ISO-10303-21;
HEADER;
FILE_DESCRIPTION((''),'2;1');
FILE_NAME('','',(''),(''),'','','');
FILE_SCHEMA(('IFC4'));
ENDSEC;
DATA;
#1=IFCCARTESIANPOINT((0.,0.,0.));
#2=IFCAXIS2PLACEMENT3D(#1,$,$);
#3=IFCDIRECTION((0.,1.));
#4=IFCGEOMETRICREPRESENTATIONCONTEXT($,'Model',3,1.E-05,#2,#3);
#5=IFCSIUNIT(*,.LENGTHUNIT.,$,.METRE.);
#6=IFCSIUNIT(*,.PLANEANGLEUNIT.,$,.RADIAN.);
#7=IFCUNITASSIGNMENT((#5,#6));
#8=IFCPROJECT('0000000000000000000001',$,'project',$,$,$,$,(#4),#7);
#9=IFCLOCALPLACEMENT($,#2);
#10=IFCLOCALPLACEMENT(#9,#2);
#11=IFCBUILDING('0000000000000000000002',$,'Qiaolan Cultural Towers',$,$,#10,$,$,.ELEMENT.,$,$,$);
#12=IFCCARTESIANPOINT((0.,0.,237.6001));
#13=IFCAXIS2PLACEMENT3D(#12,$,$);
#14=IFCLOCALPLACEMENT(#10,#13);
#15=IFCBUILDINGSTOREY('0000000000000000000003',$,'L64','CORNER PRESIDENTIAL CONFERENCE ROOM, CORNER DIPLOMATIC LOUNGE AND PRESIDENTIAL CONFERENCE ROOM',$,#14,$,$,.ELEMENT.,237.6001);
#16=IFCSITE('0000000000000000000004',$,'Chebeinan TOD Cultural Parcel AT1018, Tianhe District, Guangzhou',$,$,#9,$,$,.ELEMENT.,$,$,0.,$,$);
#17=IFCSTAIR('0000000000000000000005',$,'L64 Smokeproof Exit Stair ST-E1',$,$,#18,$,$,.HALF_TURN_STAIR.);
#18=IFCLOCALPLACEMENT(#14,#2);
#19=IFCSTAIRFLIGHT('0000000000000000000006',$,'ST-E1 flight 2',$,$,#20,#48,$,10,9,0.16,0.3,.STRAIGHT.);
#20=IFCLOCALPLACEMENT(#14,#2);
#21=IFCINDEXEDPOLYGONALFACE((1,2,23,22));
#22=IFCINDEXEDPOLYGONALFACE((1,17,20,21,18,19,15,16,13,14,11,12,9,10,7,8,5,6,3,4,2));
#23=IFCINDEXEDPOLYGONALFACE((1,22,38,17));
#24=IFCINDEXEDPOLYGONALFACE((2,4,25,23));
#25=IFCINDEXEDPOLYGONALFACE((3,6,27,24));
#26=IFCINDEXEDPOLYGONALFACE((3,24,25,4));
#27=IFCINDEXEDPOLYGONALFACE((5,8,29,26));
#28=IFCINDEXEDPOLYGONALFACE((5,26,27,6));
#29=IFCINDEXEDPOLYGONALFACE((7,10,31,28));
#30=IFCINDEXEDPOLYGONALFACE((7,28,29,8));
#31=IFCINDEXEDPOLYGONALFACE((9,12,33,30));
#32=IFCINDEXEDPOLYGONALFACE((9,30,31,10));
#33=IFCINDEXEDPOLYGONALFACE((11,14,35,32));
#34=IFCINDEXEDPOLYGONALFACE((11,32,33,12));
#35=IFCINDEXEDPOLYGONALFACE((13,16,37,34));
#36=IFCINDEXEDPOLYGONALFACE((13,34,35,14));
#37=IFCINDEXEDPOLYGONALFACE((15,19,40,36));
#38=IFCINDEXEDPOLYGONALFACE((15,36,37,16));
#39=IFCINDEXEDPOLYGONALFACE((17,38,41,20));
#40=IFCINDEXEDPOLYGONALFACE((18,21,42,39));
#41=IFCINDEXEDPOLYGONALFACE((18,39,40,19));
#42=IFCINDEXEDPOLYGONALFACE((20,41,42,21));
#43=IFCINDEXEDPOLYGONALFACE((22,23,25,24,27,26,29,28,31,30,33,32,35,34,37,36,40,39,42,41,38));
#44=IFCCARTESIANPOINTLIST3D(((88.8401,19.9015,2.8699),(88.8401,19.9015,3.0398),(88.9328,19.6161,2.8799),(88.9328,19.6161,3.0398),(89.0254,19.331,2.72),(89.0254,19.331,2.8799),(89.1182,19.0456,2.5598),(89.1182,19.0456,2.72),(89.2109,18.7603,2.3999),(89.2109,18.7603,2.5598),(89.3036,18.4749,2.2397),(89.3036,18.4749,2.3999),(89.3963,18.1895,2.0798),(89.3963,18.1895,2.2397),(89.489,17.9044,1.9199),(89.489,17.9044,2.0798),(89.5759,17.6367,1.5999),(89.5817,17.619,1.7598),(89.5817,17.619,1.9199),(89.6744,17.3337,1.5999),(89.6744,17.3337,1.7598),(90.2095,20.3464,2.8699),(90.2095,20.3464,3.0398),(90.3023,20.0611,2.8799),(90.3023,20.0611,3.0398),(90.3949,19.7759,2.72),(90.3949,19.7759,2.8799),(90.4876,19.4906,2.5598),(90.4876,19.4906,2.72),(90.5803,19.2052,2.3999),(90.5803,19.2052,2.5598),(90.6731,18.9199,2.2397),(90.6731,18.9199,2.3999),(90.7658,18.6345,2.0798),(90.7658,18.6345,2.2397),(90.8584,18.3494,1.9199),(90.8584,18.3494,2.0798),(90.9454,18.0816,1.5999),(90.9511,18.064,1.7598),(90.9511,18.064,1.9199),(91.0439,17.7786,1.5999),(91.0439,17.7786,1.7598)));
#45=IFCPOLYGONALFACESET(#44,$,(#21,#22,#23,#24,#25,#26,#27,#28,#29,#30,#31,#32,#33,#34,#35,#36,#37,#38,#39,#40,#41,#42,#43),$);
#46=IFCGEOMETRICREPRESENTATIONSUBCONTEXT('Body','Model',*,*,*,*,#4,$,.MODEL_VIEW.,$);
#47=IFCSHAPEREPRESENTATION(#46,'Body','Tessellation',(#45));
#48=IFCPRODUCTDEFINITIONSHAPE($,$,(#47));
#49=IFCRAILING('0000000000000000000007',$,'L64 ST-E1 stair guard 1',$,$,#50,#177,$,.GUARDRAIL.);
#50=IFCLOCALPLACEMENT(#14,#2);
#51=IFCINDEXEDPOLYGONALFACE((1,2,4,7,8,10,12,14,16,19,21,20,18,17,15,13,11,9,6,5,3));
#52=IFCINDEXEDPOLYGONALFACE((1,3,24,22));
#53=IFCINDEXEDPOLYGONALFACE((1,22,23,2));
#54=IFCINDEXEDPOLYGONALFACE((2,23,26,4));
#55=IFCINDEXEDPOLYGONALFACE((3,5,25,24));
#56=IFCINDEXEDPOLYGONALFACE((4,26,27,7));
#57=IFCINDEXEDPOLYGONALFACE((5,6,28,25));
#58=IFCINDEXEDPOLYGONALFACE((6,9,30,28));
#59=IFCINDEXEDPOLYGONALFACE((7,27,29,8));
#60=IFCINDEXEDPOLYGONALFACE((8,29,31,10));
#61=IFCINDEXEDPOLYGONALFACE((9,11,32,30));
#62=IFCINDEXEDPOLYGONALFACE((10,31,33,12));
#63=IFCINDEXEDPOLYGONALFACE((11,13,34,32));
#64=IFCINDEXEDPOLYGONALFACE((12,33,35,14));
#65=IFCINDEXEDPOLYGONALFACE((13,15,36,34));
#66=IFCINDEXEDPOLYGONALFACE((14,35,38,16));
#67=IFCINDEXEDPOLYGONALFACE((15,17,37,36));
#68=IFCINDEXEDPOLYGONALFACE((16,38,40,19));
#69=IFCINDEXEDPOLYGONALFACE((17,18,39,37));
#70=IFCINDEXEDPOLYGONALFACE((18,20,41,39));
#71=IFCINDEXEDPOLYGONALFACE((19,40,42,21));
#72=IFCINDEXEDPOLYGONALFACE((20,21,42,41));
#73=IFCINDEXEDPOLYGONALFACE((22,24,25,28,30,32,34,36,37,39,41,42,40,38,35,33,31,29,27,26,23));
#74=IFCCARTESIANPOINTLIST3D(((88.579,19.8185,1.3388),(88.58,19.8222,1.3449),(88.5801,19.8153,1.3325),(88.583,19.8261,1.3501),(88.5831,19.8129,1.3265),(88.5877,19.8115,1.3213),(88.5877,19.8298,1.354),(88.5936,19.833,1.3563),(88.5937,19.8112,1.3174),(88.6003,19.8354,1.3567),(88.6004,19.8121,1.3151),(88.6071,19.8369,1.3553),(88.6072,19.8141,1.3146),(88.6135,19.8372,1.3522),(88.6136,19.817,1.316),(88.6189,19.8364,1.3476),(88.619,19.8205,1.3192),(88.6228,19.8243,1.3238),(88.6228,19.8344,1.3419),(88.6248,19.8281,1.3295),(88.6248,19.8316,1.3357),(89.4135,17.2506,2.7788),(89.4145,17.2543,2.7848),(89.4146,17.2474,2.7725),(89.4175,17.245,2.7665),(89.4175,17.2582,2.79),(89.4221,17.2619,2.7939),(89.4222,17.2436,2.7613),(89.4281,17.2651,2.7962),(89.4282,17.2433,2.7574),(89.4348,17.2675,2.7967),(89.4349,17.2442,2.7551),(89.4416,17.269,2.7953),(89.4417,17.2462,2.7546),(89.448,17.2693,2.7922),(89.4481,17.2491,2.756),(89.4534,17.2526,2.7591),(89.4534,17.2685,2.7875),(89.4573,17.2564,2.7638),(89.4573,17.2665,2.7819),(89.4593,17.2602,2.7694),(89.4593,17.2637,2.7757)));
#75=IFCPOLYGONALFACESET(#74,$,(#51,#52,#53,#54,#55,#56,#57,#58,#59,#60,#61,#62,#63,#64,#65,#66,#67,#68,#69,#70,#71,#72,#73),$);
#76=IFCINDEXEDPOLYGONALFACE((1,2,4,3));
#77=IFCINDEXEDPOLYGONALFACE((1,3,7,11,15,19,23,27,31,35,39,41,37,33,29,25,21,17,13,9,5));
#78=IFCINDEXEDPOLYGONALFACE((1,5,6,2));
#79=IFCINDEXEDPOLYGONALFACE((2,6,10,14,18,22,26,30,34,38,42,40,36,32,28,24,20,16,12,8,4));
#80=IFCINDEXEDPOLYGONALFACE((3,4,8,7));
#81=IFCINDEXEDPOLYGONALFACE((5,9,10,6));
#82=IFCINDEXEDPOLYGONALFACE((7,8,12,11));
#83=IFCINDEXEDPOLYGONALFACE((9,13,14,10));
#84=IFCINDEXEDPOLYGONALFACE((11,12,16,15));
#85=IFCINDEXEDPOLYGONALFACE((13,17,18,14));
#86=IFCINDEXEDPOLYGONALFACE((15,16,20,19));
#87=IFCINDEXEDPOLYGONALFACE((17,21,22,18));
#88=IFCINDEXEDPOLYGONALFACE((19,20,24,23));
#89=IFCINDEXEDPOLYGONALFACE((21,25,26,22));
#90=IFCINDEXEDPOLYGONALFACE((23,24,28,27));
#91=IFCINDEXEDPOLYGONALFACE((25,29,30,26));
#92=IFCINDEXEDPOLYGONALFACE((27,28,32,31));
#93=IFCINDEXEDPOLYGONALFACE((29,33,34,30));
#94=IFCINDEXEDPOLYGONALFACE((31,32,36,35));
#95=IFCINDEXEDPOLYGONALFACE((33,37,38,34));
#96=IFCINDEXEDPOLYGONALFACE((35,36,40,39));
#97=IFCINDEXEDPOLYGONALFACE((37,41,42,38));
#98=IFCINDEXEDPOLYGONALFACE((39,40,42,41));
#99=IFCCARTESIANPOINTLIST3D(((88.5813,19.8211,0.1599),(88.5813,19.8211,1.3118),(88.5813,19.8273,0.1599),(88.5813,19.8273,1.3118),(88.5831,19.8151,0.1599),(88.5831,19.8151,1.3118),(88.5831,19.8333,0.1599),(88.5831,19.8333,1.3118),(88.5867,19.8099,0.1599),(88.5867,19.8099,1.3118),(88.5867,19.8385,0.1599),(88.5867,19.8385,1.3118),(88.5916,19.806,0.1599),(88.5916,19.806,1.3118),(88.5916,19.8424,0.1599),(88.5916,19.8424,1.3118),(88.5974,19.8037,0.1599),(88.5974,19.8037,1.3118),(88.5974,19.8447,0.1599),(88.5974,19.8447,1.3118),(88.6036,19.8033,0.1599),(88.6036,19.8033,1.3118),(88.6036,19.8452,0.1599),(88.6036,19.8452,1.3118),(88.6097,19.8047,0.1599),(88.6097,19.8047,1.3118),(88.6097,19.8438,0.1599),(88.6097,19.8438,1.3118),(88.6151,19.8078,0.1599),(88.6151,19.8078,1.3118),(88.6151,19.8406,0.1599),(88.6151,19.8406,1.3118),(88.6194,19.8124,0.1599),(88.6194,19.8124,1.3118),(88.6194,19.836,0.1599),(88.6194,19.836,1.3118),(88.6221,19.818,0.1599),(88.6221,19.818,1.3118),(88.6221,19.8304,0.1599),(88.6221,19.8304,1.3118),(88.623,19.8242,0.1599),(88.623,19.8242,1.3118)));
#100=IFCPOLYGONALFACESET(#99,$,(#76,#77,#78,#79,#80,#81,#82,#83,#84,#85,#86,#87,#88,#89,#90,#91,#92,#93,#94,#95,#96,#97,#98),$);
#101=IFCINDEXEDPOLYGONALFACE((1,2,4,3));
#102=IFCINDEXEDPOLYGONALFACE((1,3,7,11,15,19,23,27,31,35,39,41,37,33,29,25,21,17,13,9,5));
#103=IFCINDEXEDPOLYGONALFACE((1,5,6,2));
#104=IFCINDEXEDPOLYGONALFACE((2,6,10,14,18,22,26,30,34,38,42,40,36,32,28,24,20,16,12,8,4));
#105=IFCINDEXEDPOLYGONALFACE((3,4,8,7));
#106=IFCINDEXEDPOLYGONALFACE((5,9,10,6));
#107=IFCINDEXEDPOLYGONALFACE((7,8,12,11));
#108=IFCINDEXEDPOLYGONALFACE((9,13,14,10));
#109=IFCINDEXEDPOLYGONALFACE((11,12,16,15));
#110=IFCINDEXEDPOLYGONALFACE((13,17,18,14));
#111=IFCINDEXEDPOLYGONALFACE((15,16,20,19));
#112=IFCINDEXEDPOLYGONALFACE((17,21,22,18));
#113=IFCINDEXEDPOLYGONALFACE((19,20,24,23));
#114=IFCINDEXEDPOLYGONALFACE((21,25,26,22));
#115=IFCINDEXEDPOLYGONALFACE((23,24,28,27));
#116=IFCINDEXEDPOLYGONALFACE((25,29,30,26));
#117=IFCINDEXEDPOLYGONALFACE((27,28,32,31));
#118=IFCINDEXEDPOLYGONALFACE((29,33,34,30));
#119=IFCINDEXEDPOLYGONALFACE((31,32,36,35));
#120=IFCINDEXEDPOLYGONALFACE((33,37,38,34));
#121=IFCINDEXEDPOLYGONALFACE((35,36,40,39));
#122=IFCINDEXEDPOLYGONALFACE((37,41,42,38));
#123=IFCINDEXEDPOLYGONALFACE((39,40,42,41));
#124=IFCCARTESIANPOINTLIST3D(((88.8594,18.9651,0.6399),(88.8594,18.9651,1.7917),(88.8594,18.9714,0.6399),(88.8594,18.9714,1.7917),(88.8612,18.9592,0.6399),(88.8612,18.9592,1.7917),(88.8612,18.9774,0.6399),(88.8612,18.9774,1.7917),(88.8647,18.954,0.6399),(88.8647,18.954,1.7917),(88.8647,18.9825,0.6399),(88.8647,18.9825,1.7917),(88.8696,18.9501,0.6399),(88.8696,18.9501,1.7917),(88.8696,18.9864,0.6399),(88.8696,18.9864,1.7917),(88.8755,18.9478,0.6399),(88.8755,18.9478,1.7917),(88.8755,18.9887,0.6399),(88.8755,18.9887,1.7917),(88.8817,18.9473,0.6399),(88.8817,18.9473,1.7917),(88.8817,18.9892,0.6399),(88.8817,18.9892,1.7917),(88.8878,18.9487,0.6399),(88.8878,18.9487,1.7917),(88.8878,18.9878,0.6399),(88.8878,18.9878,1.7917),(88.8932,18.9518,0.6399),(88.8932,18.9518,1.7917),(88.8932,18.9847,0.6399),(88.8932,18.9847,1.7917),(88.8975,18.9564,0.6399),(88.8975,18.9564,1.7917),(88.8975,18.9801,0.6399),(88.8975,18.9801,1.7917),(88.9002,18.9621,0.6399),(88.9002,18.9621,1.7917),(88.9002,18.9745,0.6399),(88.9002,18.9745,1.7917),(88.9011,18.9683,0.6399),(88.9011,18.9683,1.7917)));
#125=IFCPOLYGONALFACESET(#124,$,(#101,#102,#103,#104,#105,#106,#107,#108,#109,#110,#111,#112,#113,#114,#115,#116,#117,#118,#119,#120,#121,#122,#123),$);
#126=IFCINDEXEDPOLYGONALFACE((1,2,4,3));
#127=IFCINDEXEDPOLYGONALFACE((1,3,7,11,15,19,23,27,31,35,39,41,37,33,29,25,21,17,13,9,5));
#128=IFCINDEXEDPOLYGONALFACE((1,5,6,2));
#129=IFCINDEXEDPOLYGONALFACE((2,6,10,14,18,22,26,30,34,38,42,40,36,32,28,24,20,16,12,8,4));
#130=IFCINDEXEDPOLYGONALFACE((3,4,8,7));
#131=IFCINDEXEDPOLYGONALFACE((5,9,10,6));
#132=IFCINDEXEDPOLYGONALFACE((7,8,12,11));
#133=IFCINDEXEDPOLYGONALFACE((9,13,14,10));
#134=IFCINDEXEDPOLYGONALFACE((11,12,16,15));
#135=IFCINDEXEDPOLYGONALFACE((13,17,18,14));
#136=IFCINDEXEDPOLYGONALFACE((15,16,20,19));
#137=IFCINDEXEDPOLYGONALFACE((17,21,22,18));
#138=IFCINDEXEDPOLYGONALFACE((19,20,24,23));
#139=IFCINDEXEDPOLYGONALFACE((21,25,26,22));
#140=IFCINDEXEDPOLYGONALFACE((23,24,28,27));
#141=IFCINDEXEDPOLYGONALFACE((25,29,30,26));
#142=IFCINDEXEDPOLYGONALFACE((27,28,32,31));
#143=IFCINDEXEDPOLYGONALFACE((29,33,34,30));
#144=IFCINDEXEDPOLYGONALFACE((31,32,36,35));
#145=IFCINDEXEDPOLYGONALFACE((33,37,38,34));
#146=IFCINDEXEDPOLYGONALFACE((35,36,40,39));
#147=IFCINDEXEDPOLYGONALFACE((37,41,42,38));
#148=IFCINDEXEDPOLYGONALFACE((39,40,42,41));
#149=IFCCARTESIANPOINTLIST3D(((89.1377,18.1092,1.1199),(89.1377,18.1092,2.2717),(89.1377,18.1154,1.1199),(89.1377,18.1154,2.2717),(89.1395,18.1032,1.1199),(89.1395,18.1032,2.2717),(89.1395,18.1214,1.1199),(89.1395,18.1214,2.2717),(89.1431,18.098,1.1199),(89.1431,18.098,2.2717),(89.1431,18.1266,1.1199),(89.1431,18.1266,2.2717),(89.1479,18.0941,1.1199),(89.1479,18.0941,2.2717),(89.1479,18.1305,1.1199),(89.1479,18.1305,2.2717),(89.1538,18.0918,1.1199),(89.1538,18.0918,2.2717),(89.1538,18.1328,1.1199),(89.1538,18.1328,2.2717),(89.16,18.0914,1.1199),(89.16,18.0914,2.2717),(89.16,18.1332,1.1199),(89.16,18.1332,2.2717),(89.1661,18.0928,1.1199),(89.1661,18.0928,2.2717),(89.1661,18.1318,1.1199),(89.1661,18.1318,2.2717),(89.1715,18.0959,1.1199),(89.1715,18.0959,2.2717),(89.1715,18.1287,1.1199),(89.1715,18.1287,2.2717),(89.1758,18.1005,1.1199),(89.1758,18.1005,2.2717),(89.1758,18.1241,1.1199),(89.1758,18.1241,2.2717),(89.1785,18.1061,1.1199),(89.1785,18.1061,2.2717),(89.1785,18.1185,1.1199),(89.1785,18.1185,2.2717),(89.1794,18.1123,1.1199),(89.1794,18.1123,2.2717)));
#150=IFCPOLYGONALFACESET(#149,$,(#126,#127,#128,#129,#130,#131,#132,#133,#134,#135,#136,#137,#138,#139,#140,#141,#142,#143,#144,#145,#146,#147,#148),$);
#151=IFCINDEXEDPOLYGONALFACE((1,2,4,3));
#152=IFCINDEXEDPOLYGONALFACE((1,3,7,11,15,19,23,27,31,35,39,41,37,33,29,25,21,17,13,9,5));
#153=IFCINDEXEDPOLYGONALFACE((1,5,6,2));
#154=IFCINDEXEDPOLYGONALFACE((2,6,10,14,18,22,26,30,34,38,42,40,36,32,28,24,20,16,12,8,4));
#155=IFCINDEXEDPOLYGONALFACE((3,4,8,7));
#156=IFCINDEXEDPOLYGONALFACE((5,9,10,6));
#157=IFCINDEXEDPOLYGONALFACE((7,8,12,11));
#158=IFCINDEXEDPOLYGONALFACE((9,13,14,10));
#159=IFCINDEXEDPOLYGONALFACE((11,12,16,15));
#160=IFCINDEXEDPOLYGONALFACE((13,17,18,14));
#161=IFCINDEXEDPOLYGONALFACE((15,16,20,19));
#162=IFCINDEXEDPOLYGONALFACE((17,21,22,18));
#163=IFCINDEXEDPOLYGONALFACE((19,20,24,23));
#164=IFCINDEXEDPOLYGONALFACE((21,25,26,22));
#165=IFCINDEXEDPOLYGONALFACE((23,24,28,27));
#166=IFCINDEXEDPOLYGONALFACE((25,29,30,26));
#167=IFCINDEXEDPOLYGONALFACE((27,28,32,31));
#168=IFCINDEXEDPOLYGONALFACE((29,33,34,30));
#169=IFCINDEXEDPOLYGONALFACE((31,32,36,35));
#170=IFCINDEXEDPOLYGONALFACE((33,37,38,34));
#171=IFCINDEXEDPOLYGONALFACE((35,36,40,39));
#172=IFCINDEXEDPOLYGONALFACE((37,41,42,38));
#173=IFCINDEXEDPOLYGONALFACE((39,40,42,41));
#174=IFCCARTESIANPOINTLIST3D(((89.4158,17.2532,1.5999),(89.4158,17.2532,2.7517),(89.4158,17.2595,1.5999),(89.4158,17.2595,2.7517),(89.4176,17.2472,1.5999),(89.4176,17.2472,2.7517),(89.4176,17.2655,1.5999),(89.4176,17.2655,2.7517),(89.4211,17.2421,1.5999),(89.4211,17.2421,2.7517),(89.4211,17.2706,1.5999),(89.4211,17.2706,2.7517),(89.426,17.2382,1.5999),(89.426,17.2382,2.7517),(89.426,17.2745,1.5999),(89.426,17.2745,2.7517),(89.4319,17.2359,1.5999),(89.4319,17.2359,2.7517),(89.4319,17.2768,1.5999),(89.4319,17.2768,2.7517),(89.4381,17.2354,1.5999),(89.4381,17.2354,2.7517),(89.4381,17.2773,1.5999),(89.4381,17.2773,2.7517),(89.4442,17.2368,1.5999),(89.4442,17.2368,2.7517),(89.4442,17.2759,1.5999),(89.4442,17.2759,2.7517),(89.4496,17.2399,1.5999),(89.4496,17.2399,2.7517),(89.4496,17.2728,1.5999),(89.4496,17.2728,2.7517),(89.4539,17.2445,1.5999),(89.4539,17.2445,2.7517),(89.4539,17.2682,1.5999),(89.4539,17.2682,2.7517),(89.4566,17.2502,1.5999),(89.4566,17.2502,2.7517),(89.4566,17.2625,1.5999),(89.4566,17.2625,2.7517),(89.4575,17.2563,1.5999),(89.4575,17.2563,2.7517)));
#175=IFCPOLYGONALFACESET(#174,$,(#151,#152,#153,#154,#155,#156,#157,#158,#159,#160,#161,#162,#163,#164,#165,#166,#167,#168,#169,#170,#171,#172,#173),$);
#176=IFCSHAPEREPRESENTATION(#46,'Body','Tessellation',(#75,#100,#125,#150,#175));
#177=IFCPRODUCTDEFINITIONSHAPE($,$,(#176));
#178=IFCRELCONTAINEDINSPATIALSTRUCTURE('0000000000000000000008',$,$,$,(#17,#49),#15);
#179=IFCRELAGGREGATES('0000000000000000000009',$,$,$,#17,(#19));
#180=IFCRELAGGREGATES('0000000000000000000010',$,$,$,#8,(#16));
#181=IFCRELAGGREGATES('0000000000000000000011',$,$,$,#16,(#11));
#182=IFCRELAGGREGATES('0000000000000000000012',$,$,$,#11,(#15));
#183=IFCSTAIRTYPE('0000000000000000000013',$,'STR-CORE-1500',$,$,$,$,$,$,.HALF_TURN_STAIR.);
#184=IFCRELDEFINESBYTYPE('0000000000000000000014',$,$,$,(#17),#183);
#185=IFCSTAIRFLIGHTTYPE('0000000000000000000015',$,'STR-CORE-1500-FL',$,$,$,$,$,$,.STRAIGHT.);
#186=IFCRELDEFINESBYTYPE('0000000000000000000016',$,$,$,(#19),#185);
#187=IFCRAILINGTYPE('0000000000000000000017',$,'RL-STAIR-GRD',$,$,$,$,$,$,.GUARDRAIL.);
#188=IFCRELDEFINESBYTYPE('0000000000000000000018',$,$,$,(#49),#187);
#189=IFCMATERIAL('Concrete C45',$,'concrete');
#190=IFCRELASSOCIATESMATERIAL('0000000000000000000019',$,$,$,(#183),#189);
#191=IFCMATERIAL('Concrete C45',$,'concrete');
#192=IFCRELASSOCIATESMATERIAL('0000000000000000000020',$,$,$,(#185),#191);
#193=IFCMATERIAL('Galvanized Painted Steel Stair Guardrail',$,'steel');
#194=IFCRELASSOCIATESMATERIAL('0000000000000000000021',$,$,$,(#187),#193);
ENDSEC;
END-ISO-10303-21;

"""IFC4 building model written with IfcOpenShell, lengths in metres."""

from ifc_helpers import new_model, si_unit, direction, frame, origin, origin_2d, place, context, subcontext, project, spatial, polyline, circle, outline, extrude, material, type_object, element, aggregate, save


model = new_model("IFC4")

# Units and contexts
model_context = context("Model", 3, precision=1e-05, world=origin(), true_north=direction((0.0, 1.0)))
body_context = subcontext(model_context, "Body", "Model", "MODEL_VIEW")
ifc_project = project(units=[si_unit("LENGTHUNIT", "METRE"), si_unit("PLANEANGLEUNIT", "RADIAN")], contexts=[model_context])

# Site, building, storey
site_placement = place(None, origin())
site = spatial("IfcSite", under=ifc_project, at=site_placement, Name="Chebeinan TOD Cultural Parcel AT1018, Tianhe District, Guangzhou", CompositionType="ELEMENT", RefElevation=0.0)
building_placement = place(site_placement, origin())
building = spatial("IfcBuilding", under=site, at=building_placement, Name="Qiaolan Cultural Towers", CompositionType="ELEMENT")
storey_placement = place(building_placement, frame((0.0, 0.0, 237.6001)))
storey = spatial("IfcBuildingStorey", under=building, at=storey_placement, Name="L64", Description="CORNER PRESIDENTIAL CONFERENCE ROOM, CORNER DIPLOMATIC LOUNGE AND PRESIDENTIAL CONFERENCE ROOM", CompositionType="ELEMENT", Elevation=237.6001)

# Stair, stair flight
ifc_material_1 = material(Name="Concrete C45", Category="concrete")
stair_type = type_object("IfcStairType", Name="STR-CORE-1500", PredefinedType="HALF_TURN_STAIR", material=ifc_material_1)
stair_placement = place(storey_placement, origin())
stair = element("IfcStair", 1, at=stair_placement, inside=storey, type_object=stair_type, Name="L64 Smokeproof Exit Stair ST-E1", PredefinedType="HALF_TURN_STAIR")
ifc_material_2 = material(Name="Concrete C45", Category="concrete")
stair_flight_type = type_object("IfcStairFlightType", Name="STR-CORE-1500-FL", PredefinedType="STRAIGHT", material=ifc_material_2)
stair_flight_1_placement = place(storey_placement, frame((90.3591, 17.5562, 1.5999), z_axis=(0.0, 0.0, 1.0), x_axis=(-0.309017, 0.951057, 0.0)))
stair_flight_1 = element("IfcStairFlight", 2, at=stair_flight_1_placement, type_object=stair_flight_type, Name="ST-E1 flight 2", NumberOfRisers=10, NumberOfTreads=9, PredefinedType="STRAIGHT", RiserHeight=0.16, TreadLength=0.3, context=body_context, shape_type="SweptSolid", body=[
    extrude(outline(polyline([(0.0, 0.0), (0.0, 0.1599), (0.3, 0.1599), (0.3, 0.3201), (0.6001, 0.3201), (0.6001, 0.48), (0.8999, 0.48), (0.8999, 0.6399), (1.2, 0.6399), (1.2, 0.8), (1.5, 0.8), (1.5, 0.96), (1.8, 0.96), (1.8, 1.1201), (2.1001, 1.1201), (2.1001, 1.28), (2.3999, 1.28), (2.3999, 1.4399), (2.7, 1.4399), (2.7, 1.6001), (2.7, 1.27), (0.3186, 0.0), (0.0, 0.0)])), frame((0.0, 0.72, 0.0), z_axis=(0.0, -1.0, 0.0), x_axis=(1.0, 0.0, 0.0)), (0.0, 0.0, 1.0), 1.4399),
])
aggregate(stair, [stair_flight_1])

# Railing
ifc_material_3 = material(Name="Galvanized Painted Steel Stair Guardrail", Category="steel")
railing_type_1 = type_object("IfcRailingType", Name="RL-STAIR-GRD", PredefinedType="GUARDRAIL", material=ifc_material_3)
railing_1_placement = place(storey_placement, frame((88.6021, 19.8242, 0.1599)))
element("IfcRailing", 3, at=railing_1_placement, inside=storey, type_object=railing_type_1, Name="L64 ST-E1 stair guard 1", PredefinedType="GUARDRAIL", context=body_context, shape_type="SweptSolid", body=[
    extrude(circle(Radius=0.0239, at=origin_2d()), frame((0.0, 0.0, 1.1758), z_axis=(0.272701, -0.839167, 0.470566), x_axis=(0.951043, 0.309057, 0.0)), (0.0, 0.0, 1.0), 3.0601),
    extrude(circle(Radius=0.021, at=origin_2d()), origin(), (0.0, 0.0, 1.0), 1.1519),
    extrude(circle(Radius=0.021, at=origin_2d()), frame((0.2781, -0.856, 0.48)), (0.0, 0.0, 1.0), 1.1519),
    extrude(circle(Radius=0.021, at=origin_2d()), frame((0.5564, -1.7119, 0.96)), (0.0, 0.0, 1.0), 1.1519),
    extrude(circle(Radius=0.021, at=origin_2d()), frame((0.8345, -2.5679, 1.4399)), (0.0, 0.0, 1.0), 1.1519),
])

save(model, "model.ifc")
